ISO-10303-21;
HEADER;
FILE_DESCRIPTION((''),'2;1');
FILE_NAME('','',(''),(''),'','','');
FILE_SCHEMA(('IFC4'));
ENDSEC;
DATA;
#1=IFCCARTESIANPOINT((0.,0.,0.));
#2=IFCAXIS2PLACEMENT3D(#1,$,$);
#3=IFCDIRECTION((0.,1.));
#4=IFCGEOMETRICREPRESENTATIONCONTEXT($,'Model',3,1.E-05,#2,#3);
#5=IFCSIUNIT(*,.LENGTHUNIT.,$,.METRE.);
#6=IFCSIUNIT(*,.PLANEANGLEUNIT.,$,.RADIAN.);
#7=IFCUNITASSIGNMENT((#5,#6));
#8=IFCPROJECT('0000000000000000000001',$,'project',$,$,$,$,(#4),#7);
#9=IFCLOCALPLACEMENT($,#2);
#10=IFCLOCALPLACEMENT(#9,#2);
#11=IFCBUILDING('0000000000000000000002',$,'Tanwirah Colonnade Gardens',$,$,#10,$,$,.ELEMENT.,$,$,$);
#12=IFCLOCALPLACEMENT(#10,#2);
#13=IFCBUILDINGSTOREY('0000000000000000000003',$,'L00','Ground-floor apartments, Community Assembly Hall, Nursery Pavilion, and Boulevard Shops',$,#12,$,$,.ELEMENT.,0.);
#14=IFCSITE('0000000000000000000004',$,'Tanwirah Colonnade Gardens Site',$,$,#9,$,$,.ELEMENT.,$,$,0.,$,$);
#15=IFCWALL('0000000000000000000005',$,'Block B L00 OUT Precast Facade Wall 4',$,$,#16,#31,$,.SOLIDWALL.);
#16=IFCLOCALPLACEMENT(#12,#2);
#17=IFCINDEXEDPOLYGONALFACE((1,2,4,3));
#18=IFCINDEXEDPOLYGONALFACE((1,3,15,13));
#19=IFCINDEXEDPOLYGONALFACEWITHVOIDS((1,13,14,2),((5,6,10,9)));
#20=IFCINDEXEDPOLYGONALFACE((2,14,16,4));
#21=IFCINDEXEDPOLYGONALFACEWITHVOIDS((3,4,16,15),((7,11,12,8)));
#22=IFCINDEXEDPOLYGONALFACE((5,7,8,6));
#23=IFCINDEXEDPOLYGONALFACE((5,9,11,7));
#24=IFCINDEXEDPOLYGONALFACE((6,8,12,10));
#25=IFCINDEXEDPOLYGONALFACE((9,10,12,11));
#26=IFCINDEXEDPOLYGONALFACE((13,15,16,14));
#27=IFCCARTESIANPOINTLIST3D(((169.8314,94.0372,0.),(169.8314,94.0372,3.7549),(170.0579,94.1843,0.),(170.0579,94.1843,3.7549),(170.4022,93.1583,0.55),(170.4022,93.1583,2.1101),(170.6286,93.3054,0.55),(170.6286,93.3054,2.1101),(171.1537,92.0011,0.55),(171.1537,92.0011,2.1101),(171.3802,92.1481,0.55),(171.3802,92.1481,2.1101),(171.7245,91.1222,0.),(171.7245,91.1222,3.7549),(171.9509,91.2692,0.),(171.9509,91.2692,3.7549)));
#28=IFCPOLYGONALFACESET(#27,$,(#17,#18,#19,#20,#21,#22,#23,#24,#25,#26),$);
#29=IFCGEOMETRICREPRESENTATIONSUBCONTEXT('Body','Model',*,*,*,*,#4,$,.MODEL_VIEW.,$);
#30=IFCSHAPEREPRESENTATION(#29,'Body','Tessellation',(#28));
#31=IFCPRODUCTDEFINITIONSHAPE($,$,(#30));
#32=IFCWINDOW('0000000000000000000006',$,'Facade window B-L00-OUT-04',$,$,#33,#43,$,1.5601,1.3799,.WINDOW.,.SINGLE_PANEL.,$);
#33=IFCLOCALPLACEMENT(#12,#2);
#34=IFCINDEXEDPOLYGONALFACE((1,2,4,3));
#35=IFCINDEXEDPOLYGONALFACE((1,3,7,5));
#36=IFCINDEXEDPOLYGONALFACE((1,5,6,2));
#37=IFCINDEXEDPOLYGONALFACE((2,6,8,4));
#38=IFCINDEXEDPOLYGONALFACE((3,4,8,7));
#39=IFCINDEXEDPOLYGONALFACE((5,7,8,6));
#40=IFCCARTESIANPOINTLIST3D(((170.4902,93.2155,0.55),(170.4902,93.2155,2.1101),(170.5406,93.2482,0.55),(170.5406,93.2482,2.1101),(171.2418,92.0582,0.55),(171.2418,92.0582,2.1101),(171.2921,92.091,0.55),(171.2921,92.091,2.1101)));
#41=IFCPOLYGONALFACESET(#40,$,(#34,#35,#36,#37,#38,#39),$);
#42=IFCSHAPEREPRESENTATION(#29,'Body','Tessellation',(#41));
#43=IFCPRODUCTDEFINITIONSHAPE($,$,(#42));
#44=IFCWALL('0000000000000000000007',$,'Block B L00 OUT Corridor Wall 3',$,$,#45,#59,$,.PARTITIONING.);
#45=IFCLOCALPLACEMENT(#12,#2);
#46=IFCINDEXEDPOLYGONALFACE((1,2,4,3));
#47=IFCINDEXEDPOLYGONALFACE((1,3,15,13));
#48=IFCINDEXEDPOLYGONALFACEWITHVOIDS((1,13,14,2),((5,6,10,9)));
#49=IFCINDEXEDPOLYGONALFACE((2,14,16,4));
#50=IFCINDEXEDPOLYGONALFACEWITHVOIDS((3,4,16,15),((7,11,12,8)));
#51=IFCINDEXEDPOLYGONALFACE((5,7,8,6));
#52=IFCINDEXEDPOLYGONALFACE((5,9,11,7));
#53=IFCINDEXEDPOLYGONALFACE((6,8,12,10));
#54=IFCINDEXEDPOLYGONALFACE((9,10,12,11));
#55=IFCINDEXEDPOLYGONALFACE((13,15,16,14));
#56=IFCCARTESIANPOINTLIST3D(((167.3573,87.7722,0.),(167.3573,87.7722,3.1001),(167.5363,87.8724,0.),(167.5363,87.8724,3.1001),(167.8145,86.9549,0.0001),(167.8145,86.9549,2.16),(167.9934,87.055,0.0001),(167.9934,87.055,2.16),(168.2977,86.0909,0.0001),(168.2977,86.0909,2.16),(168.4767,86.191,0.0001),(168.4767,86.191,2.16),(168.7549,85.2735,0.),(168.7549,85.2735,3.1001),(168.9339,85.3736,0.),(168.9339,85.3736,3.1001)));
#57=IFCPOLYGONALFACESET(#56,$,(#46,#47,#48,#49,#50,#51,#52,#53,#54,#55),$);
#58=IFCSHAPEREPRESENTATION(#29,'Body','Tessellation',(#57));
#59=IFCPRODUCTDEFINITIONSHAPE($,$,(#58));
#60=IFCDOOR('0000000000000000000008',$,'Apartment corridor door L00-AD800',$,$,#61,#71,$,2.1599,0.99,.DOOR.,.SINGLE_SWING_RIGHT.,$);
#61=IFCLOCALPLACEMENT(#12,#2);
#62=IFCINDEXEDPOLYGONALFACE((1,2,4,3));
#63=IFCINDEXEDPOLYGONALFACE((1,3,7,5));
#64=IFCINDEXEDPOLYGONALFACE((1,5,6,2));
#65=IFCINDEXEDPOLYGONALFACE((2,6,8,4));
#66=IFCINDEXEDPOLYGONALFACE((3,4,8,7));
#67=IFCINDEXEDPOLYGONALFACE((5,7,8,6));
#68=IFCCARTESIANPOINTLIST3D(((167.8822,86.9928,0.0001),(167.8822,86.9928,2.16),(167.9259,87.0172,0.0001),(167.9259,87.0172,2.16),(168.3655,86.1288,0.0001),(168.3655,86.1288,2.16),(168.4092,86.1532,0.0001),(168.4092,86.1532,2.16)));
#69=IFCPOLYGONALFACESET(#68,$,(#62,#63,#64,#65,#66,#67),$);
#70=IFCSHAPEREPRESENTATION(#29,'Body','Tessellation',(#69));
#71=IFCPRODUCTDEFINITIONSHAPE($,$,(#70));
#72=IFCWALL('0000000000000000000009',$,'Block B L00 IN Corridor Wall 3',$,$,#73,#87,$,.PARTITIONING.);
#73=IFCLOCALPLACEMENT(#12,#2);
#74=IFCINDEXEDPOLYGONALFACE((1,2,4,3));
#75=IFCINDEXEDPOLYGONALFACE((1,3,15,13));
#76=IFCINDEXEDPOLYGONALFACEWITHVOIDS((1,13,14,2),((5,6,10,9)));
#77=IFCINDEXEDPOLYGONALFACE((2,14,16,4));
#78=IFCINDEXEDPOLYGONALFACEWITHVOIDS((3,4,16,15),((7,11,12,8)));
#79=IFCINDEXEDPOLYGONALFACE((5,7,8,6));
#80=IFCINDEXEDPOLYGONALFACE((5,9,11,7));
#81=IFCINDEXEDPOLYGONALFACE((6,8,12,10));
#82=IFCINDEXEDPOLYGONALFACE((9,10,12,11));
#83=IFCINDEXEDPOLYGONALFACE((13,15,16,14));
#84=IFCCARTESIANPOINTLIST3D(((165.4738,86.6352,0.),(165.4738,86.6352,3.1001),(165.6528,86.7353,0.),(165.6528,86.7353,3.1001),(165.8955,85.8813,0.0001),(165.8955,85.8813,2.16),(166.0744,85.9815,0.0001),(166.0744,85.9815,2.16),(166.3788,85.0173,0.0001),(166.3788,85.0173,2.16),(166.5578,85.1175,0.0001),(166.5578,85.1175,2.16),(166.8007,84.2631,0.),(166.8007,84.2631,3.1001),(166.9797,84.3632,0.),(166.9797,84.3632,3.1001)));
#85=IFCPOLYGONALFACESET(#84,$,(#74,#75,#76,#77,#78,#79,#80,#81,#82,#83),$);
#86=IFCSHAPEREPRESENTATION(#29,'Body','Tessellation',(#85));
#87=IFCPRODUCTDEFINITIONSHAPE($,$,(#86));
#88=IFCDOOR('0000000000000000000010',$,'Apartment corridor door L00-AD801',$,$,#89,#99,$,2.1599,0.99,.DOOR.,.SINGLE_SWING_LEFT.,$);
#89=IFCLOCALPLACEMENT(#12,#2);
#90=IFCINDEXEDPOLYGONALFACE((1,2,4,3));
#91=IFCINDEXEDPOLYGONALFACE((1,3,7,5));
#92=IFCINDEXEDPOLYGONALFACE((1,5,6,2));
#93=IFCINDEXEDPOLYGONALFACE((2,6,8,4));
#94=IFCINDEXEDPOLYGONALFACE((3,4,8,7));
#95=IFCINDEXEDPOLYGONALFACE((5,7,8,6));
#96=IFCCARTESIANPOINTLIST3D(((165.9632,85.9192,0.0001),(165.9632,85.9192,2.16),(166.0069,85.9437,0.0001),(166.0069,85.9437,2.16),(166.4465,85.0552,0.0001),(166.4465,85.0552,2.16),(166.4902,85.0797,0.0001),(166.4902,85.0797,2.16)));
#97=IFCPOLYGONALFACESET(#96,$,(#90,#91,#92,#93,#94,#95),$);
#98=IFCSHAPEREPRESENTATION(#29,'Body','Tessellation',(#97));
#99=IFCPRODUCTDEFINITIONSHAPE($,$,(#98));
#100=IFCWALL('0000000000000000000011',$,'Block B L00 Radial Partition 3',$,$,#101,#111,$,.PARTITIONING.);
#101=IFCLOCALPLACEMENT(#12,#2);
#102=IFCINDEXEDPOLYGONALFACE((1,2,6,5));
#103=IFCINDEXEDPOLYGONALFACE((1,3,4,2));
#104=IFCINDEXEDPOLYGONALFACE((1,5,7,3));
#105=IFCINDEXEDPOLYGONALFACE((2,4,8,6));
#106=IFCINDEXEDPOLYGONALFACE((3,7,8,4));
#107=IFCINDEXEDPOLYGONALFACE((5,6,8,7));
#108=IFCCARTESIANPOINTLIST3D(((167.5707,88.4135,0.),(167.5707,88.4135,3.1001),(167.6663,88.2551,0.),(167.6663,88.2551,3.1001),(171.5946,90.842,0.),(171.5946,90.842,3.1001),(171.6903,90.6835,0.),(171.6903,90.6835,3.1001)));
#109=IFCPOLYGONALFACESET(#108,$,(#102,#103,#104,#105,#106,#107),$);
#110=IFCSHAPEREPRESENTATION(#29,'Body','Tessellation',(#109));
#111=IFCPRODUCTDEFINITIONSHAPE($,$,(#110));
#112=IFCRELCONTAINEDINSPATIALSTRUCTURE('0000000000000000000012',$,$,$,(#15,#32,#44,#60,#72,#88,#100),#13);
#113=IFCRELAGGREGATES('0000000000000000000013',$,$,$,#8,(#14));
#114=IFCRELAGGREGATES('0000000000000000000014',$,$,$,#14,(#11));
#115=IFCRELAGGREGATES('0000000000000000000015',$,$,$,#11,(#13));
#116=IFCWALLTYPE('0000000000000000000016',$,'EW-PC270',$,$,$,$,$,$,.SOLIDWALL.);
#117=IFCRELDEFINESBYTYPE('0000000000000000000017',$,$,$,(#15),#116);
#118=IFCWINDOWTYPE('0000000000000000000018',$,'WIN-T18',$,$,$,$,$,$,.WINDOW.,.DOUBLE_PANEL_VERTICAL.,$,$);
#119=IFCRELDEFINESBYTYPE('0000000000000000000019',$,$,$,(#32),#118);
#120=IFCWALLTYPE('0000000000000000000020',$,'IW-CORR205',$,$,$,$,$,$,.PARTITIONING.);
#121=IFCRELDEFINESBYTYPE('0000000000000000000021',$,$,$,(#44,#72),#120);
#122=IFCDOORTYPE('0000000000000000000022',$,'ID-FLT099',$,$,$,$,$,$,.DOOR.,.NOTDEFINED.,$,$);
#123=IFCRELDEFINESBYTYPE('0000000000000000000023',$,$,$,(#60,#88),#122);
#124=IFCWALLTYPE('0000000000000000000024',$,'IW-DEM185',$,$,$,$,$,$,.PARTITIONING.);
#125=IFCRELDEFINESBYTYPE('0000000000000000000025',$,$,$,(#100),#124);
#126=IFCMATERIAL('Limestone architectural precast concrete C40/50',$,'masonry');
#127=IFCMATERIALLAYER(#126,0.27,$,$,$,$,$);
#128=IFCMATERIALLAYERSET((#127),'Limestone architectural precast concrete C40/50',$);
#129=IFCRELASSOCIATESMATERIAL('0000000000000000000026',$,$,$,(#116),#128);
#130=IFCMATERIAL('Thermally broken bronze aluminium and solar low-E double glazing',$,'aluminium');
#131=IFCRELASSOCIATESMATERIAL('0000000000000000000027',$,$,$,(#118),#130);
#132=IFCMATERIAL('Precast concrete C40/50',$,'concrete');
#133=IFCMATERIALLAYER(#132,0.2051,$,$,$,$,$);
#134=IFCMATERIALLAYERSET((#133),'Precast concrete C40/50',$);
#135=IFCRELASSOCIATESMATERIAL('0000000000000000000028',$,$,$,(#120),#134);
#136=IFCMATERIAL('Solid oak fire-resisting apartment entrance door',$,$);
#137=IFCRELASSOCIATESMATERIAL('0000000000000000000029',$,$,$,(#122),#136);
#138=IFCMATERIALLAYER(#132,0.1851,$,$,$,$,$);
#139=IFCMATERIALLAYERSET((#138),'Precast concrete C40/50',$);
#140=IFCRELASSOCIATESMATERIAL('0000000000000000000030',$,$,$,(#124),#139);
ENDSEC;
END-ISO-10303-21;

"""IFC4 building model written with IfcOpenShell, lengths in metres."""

from ifc_helpers import new_model, si_unit, direction, frame, frame_2d, origin, place, context, subcontext, project, spatial, rectangle, extrude, material, layer, layer_set, type_object, element, fill, save


model = new_model("IFC4")

# Units and contexts
model_context = context("Model", 3, precision=1e-05, world=origin(), true_north=direction((0.0, 1.0)))
body_context = subcontext(model_context, "Body", "Model", "MODEL_VIEW")
ifc_project = project(units=[si_unit("LENGTHUNIT", "METRE"), si_unit("PLANEANGLEUNIT", "RADIAN")], contexts=[model_context])

# Site, building, storey
site_placement = place(None, origin())
site = spatial("IfcSite", under=ifc_project, at=site_placement, Name="Tanwirah Colonnade Gardens Site", CompositionType="ELEMENT", RefElevation=0.0)
building_placement = place(site_placement, origin())
building = spatial("IfcBuilding", under=site, at=building_placement, Name="Tanwirah Colonnade Gardens", CompositionType="ELEMENT")
storey_placement = place(building_placement, origin())
storey = spatial("IfcBuildingStorey", under=building, at=storey_placement, Name="L00", Description="Ground-floor apartments, Community Assembly Hall, Nursery Pavilion, and Boulevard Shops", CompositionType="ELEMENT", Elevation=0.0)

# Shared definitions
ifc_material_1 = material(Name="Precast concrete C40/50", Category="concrete")

# Wall, opening, window
ifc_material_2 = material(Name="Limestone architectural precast concrete C40/50", Category="masonry")
ifc_layer_1 = layer(ifc_material_2, 0.27)
ifc_layer_set_1 = layer_set([ifc_layer_1], Name="Limestone architectural precast concrete C40/50")
wall_type_1 = type_object("IfcWallType", Name="EW-PC270", PredefinedType="SOLIDWALL", material=ifc_layer_set_1)
wall_1_placement = place(storey_placement, frame((171.8376, 91.1958, 0.0), z_axis=(0.0, 0.0, 1.0), x_axis=(-0.544643, 0.838668, 0.0)))
wall_1 = element("IfcWall", 1, at=wall_1_placement, inside=storey, type_object=wall_type_1, Name="Block B L00 OUT Precast Facade Wall 4", PredefinedType="SOLIDWALL", context=body_context, shape_type="SweptSolid", body=[
    extrude(rectangle(XDim=3.4758, YDim=0.27, at=frame_2d((1.7378, 0.0))), origin(), (0.0, 0.0, 1.0), 3.7549),
])
opening_1_placement = place(wall_1_placement, frame((1.0479, 0.0, 0.55)))
opening_1 = element("IfcOpeningElement", 2, at=opening_1_placement, cuts=wall_1, PredefinedType="OPENING", context=body_context, shape_type="SweptSolid", body=[
    extrude(rectangle(XDim=1.3799, YDim=1.5601, at=frame_2d((0.6899, 0.78))), frame((0.0, 0.145, 0.0), z_axis=(0.0, -1.0, 0.0), x_axis=(1.0, 0.0, 0.0)), (0.0, 0.0, 1.0), 0.29),
])
ifc_material_3 = material(Name="Thermally broken bronze aluminium and solar low-E double glazing", Category="aluminium")
window_type = type_object("IfcWindowType", Name="WIN-T18", PartitioningType="DOUBLE_PANEL_VERTICAL", PredefinedType="WINDOW", material=ifc_material_3)
window_placement = place(opening_1_placement, origin())
window = element("IfcWindow", 3, at=window_placement, inside=storey, type_object=window_type, Name="Facade window B-L00-OUT-04", OverallHeight=1.5601, OverallWidth=1.3799, PartitioningType="SINGLE_PANEL", PredefinedType="WINDOW", context=body_context, shape_type="SweptSolid", body=[
    extrude(rectangle(XDim=1.3799, YDim=1.5601, at=frame_2d((0.6899, 0.78))), frame((0.0, 0.03, 0.0), z_axis=(0.0, -1.0, 0.0), x_axis=(1.0, 0.0, 0.0)), (0.0, 0.0, 1.0), 0.0601),
])
fill(opening_1, window)

# Walls, openings, doors
ifc_layer_2 = layer(ifc_material_1, 0.2051)
ifc_layer_set_2 = layer_set([ifc_layer_2], Name="Precast concrete C40/50")
wall_type_2 = type_object("IfcWallType", Name="IW-CORR205", PredefinedType="PARTITIONING", material=ifc_layer_set_2)
wall_2_placement = place(storey_placement, frame((168.8445, 85.3235, 0.0), z_axis=(0.0, 0.0, 1.0), x_axis=(-0.488175, 0.872746, 0.0)))
wall_2 = element("IfcWall", 4, at=wall_2_placement, inside=storey, type_object=wall_type_2, Name="Block B L00 OUT Corridor Wall 3", PredefinedType="PARTITIONING", context=body_context, shape_type="SweptSolid", body=[
    extrude(rectangle(XDim=2.863, YDim=0.2051, at=frame_2d((1.4316, 0.0))), origin(), (0.0, 0.0, 1.0), 3.1001),
])
opening_2_placement = place(wall_2_placement, frame((0.9365, 0.0, 0.0)))
opening_2 = element("IfcOpeningElement", 5, at=opening_2_placement, cuts=wall_2, PredefinedType="OPENING", context=body_context, shape_type="SweptSolid", body=[
    extrude(rectangle(XDim=0.99, YDim=2.1599, at=frame_2d((0.4951, 1.0801))), frame((0.0, 0.1125, 0.0), z_axis=(0.0, -1.0, 0.0), x_axis=(1.0, 0.0, 0.0)), (0.0, 0.0, 1.0), 0.2251),
])
ifc_material_4 = material(Name="Solid oak fire-resisting apartment entrance door")
door_type_1 = type_object("IfcDoorType", Name="ID-FLT099", OperationType="NOTDEFINED", PredefinedType="DOOR", material=ifc_material_4)
door_1_placement = place(opening_2_placement, origin())
door_1 = element("IfcDoor", 6, at=door_1_placement, inside=storey, type_object=door_type_1, Name="Apartment corridor door L00-AD800", OperationType="SINGLE_SWING_RIGHT", OverallHeight=2.1599, OverallWidth=0.99, PredefinedType="DOOR", context=body_context, shape_type="SweptSolid", body=[
    extrude(rectangle(XDim=0.99, YDim=2.1599, at=frame_2d((0.4951, 1.0801))), frame((0.0, 0.0249, 0.0), z_axis=(0.0, -1.0, 0.0), x_axis=(1.0, 0.0, 0.0)), (0.0, 0.0, 1.0), 0.05),
])
fill(opening_2, door_1)
wall_3_placement = place(storey_placement, frame((166.8901, 84.3132, 0.0), z_axis=(0.0, 0.0, 1.0), x_axis=(-0.488196, 0.872734, 0.0)))
wall_3 = element("IfcWall", 7, at=wall_3_placement, inside=storey, type_object=wall_type_2, Name="Block B L00 IN Corridor Wall 3", PredefinedType="PARTITIONING", context=body_context, shape_type="SweptSolid", body=[
    extrude(rectangle(XDim=2.718, YDim=0.2051, at=frame_2d((1.3589, 0.0))), origin(), (0.0, 0.0, 1.0), 3.1001),
])
opening_3_placement = place(wall_3_placement, frame((0.864, 0.0, 0.0)))
opening_3 = element("IfcOpeningElement", 8, at=opening_3_placement, cuts=wall_3, PredefinedType="OPENING", context=body_context, shape_type="SweptSolid", body=[
    extrude(rectangle(XDim=0.99, YDim=2.1599, at=frame_2d((0.4951, 1.0801))), frame((0.0, 0.1125, 0.0), z_axis=(0.0, -1.0, 0.0), x_axis=(1.0, 0.0, 0.0)), (0.0, 0.0, 1.0), 0.2251),
])
door_2_placement = place(opening_3_placement, origin())
door_2 = element("IfcDoor", 9, at=door_2_placement, inside=storey, type_object=door_type_1, Name="Apartment corridor door L00-AD801", OperationType="SINGLE_SWING_LEFT", OverallHeight=2.1599, OverallWidth=0.99, PredefinedType="DOOR", context=body_context, shape_type="SweptSolid", body=[
    extrude(rectangle(XDim=0.99, YDim=2.1599, at=frame_2d((0.4951, 1.0801))), frame((0.0, 0.0249, 0.0), z_axis=(0.0, -1.0, 0.0), x_axis=(1.0, 0.0, 0.0)), (0.0, 0.0, 1.0), 0.05),
])
fill(opening_3, door_2)

# Wall
ifc_layer_3 = layer(ifc_material_1, 0.1851)
ifc_layer_set_3 = layer_set([ifc_layer_3], Name="Precast concrete C40/50")
wall_type_3 = type_object("IfcWallType", Name="IW-DEM185", PredefinedType="PARTITIONING", material=ifc_layer_set_3)
wall_4_placement = place(storey_placement, frame((167.6184, 88.3342, 0.0), z_axis=(0.0, 0.0, 1.0), x_axis=(0.856165, 0.516702, 0.0)))
element("IfcWall", 10, at=wall_4_placement, inside=storey, type_object=wall_type_3, Name="Block B L00 Radial Partition 3", PredefinedType="PARTITIONING", context=body_context, shape_type="SweptSolid", body=[
    extrude(rectangle(XDim=4.7, YDim=0.1851, at=frame_2d((2.3501, 0.0))), origin(), (0.0, 0.0, 1.0), 3.1001),
])

save(model, "model.ifc")
